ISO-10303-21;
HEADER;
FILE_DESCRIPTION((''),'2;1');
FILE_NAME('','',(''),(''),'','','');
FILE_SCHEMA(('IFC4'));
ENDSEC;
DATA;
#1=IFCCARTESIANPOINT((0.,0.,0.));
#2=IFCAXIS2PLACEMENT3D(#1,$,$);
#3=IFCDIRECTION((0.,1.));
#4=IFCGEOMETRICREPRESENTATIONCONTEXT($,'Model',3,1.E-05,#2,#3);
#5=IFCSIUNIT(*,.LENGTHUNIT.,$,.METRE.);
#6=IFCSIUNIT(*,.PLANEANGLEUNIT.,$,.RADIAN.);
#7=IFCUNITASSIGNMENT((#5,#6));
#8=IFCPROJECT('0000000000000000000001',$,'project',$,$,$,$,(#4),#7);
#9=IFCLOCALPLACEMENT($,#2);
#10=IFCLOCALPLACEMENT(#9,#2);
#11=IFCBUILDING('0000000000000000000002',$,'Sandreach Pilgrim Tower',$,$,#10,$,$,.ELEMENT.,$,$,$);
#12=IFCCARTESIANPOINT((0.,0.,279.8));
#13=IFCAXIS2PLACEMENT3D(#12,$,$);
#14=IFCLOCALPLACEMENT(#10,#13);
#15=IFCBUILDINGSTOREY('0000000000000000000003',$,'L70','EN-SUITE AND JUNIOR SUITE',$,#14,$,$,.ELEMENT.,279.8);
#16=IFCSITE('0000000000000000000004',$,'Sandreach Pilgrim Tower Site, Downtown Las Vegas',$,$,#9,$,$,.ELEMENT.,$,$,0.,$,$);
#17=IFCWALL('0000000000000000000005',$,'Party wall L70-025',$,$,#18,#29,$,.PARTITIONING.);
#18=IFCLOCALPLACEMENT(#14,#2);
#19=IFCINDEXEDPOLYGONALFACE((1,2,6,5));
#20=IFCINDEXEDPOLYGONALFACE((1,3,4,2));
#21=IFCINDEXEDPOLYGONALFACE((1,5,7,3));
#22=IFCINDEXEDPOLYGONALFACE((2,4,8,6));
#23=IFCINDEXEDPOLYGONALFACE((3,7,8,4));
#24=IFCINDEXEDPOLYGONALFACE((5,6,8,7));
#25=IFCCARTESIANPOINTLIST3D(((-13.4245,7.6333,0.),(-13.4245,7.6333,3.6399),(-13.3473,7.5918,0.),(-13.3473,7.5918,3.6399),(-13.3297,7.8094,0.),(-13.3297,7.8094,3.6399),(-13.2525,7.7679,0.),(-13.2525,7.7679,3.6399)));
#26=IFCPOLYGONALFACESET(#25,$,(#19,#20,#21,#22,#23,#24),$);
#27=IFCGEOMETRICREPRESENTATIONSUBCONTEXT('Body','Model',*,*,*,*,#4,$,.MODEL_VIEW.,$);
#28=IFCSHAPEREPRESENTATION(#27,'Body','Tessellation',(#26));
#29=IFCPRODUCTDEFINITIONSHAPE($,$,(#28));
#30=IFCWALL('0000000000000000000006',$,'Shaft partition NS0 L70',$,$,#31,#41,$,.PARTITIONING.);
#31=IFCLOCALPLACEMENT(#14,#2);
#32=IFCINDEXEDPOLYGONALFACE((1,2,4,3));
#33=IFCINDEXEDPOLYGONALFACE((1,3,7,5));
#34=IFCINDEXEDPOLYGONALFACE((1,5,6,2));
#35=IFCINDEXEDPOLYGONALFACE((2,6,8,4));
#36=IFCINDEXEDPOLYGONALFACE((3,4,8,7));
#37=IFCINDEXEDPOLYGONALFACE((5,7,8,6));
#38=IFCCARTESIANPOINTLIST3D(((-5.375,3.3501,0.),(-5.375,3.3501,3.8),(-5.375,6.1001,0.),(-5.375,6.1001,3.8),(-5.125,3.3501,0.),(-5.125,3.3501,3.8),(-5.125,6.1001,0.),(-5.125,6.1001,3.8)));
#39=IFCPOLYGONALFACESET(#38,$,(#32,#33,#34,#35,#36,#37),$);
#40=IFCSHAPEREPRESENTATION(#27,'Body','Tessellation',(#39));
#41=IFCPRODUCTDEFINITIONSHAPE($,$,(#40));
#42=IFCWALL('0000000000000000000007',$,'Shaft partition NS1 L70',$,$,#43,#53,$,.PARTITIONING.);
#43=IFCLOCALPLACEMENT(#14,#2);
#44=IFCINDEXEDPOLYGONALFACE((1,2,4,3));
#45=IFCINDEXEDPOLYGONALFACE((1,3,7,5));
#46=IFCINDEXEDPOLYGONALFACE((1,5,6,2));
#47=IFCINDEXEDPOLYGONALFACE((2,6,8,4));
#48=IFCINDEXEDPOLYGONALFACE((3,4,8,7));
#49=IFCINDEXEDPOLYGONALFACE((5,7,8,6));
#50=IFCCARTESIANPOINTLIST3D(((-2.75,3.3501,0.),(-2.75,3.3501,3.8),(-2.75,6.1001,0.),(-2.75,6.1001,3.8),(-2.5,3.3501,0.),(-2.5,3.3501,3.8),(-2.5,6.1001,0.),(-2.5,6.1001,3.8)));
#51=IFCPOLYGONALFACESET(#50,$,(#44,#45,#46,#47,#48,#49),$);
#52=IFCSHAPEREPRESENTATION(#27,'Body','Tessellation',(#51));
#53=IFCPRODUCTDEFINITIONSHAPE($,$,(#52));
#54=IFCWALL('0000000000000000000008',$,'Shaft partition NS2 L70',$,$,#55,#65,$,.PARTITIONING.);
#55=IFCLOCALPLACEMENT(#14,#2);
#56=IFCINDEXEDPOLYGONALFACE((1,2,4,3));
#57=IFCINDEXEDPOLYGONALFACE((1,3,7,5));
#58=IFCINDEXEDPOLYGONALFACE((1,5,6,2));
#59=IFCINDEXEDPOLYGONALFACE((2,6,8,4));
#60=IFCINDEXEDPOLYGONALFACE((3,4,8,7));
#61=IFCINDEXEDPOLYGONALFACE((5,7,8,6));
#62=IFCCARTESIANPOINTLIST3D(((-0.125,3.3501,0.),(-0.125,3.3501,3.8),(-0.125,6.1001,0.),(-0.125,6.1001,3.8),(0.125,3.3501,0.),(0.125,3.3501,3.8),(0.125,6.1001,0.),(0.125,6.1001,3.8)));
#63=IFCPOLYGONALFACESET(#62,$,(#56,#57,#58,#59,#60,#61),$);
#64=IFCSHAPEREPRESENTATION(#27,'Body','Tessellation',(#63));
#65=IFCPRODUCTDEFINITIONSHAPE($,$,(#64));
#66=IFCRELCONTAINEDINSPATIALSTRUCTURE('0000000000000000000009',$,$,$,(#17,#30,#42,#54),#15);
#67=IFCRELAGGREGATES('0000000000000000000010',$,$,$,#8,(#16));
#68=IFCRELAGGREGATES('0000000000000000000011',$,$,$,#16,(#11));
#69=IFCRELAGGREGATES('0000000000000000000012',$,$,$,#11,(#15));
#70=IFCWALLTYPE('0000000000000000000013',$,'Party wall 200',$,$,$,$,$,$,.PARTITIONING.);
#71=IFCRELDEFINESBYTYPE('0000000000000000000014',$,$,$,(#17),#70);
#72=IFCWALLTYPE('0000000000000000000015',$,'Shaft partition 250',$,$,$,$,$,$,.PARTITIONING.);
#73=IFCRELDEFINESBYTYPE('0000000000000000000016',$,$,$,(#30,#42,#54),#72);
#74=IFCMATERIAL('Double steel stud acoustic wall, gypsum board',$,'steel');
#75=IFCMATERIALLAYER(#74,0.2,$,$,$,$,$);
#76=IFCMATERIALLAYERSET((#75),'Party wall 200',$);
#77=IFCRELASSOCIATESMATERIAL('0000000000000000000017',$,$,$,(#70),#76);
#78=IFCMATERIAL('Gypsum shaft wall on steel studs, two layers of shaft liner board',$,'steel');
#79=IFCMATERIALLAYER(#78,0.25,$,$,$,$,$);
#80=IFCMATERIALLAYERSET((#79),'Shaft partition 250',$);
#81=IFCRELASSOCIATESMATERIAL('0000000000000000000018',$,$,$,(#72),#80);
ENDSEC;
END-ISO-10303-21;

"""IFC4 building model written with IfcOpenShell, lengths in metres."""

from ifc_helpers import new_model, si_unit, direction, frame, frame_2d, origin, place, context, subcontext, project, spatial, rectangle, extrude, material, layer, layer_set, type_object, element, save


model = new_model("IFC4")

# Units and contexts
model_context = context("Model", 3, precision=1e-05, world=origin(), true_north=direction((0.0, 1.0)))
body_context = subcontext(model_context, "Body", "Model", "MODEL_VIEW")
ifc_project = project(units=[si_unit("LENGTHUNIT", "METRE"), si_unit("PLANEANGLEUNIT", "RADIAN")], contexts=[model_context])

# Site, building, storey
site_placement = place(None, origin())
site = spatial("IfcSite", under=ifc_project, at=site_placement, Name="Sandreach Pilgrim Tower Site, Downtown Las Vegas", CompositionType="ELEMENT", RefElevation=0.0)
building_placement = place(site_placement, origin())
building = spatial("IfcBuilding", under=site, at=building_placement, Name="Sandreach Pilgrim Tower", CompositionType="ELEMENT")
storey_placement = place(building_placement, frame((0.0, 0.0, 279.8)))
storey = spatial("IfcBuildingStorey", under=building, at=storey_placement, Name="L70", Description="EN-SUITE AND JUNIOR SUITE", CompositionType="ELEMENT", Elevation=279.8)

# Walls
ifc_material_1 = material(Name="Double steel stud acoustic wall, gypsum board", Category="steel")
ifc_layer_1 = layer(ifc_material_1, 0.2)
ifc_layer_set_1 = layer_set([ifc_layer_1], Name="Party wall 200")
wall_type_1 = type_object("IfcWallType", Name="Party wall 200", PredefinedType="PARTITIONING", material=ifc_layer_set_1)
wall_1_placement = place(storey_placement, frame((-13.3772, 7.7214, 0.0), z_axis=(0.0, 0.0, 1.0), x_axis=(0.88065, -0.473767, 0.0)))
element("IfcWall", 1, at=wall_1_placement, inside=storey, type_object=wall_type_1, Name="Party wall L70-025", PredefinedType="PARTITIONING", context=body_context, shape_type="SweptSolid", body=[
    extrude(rectangle(XDim=0.0876, YDim=0.2, at=frame_2d((0.0439, 0.0))), origin(), (0.0, 0.0, 1.0), 3.6399),
])
ifc_material_2 = material(Name="Gypsum shaft wall on steel studs, two layers of shaft liner board", Category="steel")
ifc_layer_2 = layer(ifc_material_2, 0.25)
ifc_layer_set_2 = layer_set([ifc_layer_2], Name="Shaft partition 250")
wall_type_2 = type_object("IfcWallType", Name="Shaft partition 250", PredefinedType="PARTITIONING", material=ifc_layer_set_2)
for number, where, z_axis, x_axis, name in (
    (2, (-5.25, 3.3501, 0.0), (0.0, 0.0, 1.0), (0.0, 1.0, 0.0), "Shaft partition NS0 L70"),
    (3, (-2.625, 3.3501, 0.0), (0.0, 0.0, 1.0), (0.0, 1.0, 0.0), "Shaft partition NS1 L70"),
    (4, (0.0, 3.3501, 0.0), (0.0, 0.0, 1.0), (0.0, 1.0, 0.0), "Shaft partition NS2 L70"),
):
    element("IfcWall", number, at=place(storey_placement, frame(where, z_axis=z_axis, x_axis=x_axis)), inside=storey, type_object=wall_type_2, Name=name, PredefinedType="PARTITIONING", context=body_context, shape_type="SweptSolid", body=[
        extrude(rectangle(XDim=2.75, YDim=0.25, at=frame_2d((1.375, 0.0))), origin(), (0.0, 0.0, 1.0), 3.8),
    ])

save(model, "model.ifc")
